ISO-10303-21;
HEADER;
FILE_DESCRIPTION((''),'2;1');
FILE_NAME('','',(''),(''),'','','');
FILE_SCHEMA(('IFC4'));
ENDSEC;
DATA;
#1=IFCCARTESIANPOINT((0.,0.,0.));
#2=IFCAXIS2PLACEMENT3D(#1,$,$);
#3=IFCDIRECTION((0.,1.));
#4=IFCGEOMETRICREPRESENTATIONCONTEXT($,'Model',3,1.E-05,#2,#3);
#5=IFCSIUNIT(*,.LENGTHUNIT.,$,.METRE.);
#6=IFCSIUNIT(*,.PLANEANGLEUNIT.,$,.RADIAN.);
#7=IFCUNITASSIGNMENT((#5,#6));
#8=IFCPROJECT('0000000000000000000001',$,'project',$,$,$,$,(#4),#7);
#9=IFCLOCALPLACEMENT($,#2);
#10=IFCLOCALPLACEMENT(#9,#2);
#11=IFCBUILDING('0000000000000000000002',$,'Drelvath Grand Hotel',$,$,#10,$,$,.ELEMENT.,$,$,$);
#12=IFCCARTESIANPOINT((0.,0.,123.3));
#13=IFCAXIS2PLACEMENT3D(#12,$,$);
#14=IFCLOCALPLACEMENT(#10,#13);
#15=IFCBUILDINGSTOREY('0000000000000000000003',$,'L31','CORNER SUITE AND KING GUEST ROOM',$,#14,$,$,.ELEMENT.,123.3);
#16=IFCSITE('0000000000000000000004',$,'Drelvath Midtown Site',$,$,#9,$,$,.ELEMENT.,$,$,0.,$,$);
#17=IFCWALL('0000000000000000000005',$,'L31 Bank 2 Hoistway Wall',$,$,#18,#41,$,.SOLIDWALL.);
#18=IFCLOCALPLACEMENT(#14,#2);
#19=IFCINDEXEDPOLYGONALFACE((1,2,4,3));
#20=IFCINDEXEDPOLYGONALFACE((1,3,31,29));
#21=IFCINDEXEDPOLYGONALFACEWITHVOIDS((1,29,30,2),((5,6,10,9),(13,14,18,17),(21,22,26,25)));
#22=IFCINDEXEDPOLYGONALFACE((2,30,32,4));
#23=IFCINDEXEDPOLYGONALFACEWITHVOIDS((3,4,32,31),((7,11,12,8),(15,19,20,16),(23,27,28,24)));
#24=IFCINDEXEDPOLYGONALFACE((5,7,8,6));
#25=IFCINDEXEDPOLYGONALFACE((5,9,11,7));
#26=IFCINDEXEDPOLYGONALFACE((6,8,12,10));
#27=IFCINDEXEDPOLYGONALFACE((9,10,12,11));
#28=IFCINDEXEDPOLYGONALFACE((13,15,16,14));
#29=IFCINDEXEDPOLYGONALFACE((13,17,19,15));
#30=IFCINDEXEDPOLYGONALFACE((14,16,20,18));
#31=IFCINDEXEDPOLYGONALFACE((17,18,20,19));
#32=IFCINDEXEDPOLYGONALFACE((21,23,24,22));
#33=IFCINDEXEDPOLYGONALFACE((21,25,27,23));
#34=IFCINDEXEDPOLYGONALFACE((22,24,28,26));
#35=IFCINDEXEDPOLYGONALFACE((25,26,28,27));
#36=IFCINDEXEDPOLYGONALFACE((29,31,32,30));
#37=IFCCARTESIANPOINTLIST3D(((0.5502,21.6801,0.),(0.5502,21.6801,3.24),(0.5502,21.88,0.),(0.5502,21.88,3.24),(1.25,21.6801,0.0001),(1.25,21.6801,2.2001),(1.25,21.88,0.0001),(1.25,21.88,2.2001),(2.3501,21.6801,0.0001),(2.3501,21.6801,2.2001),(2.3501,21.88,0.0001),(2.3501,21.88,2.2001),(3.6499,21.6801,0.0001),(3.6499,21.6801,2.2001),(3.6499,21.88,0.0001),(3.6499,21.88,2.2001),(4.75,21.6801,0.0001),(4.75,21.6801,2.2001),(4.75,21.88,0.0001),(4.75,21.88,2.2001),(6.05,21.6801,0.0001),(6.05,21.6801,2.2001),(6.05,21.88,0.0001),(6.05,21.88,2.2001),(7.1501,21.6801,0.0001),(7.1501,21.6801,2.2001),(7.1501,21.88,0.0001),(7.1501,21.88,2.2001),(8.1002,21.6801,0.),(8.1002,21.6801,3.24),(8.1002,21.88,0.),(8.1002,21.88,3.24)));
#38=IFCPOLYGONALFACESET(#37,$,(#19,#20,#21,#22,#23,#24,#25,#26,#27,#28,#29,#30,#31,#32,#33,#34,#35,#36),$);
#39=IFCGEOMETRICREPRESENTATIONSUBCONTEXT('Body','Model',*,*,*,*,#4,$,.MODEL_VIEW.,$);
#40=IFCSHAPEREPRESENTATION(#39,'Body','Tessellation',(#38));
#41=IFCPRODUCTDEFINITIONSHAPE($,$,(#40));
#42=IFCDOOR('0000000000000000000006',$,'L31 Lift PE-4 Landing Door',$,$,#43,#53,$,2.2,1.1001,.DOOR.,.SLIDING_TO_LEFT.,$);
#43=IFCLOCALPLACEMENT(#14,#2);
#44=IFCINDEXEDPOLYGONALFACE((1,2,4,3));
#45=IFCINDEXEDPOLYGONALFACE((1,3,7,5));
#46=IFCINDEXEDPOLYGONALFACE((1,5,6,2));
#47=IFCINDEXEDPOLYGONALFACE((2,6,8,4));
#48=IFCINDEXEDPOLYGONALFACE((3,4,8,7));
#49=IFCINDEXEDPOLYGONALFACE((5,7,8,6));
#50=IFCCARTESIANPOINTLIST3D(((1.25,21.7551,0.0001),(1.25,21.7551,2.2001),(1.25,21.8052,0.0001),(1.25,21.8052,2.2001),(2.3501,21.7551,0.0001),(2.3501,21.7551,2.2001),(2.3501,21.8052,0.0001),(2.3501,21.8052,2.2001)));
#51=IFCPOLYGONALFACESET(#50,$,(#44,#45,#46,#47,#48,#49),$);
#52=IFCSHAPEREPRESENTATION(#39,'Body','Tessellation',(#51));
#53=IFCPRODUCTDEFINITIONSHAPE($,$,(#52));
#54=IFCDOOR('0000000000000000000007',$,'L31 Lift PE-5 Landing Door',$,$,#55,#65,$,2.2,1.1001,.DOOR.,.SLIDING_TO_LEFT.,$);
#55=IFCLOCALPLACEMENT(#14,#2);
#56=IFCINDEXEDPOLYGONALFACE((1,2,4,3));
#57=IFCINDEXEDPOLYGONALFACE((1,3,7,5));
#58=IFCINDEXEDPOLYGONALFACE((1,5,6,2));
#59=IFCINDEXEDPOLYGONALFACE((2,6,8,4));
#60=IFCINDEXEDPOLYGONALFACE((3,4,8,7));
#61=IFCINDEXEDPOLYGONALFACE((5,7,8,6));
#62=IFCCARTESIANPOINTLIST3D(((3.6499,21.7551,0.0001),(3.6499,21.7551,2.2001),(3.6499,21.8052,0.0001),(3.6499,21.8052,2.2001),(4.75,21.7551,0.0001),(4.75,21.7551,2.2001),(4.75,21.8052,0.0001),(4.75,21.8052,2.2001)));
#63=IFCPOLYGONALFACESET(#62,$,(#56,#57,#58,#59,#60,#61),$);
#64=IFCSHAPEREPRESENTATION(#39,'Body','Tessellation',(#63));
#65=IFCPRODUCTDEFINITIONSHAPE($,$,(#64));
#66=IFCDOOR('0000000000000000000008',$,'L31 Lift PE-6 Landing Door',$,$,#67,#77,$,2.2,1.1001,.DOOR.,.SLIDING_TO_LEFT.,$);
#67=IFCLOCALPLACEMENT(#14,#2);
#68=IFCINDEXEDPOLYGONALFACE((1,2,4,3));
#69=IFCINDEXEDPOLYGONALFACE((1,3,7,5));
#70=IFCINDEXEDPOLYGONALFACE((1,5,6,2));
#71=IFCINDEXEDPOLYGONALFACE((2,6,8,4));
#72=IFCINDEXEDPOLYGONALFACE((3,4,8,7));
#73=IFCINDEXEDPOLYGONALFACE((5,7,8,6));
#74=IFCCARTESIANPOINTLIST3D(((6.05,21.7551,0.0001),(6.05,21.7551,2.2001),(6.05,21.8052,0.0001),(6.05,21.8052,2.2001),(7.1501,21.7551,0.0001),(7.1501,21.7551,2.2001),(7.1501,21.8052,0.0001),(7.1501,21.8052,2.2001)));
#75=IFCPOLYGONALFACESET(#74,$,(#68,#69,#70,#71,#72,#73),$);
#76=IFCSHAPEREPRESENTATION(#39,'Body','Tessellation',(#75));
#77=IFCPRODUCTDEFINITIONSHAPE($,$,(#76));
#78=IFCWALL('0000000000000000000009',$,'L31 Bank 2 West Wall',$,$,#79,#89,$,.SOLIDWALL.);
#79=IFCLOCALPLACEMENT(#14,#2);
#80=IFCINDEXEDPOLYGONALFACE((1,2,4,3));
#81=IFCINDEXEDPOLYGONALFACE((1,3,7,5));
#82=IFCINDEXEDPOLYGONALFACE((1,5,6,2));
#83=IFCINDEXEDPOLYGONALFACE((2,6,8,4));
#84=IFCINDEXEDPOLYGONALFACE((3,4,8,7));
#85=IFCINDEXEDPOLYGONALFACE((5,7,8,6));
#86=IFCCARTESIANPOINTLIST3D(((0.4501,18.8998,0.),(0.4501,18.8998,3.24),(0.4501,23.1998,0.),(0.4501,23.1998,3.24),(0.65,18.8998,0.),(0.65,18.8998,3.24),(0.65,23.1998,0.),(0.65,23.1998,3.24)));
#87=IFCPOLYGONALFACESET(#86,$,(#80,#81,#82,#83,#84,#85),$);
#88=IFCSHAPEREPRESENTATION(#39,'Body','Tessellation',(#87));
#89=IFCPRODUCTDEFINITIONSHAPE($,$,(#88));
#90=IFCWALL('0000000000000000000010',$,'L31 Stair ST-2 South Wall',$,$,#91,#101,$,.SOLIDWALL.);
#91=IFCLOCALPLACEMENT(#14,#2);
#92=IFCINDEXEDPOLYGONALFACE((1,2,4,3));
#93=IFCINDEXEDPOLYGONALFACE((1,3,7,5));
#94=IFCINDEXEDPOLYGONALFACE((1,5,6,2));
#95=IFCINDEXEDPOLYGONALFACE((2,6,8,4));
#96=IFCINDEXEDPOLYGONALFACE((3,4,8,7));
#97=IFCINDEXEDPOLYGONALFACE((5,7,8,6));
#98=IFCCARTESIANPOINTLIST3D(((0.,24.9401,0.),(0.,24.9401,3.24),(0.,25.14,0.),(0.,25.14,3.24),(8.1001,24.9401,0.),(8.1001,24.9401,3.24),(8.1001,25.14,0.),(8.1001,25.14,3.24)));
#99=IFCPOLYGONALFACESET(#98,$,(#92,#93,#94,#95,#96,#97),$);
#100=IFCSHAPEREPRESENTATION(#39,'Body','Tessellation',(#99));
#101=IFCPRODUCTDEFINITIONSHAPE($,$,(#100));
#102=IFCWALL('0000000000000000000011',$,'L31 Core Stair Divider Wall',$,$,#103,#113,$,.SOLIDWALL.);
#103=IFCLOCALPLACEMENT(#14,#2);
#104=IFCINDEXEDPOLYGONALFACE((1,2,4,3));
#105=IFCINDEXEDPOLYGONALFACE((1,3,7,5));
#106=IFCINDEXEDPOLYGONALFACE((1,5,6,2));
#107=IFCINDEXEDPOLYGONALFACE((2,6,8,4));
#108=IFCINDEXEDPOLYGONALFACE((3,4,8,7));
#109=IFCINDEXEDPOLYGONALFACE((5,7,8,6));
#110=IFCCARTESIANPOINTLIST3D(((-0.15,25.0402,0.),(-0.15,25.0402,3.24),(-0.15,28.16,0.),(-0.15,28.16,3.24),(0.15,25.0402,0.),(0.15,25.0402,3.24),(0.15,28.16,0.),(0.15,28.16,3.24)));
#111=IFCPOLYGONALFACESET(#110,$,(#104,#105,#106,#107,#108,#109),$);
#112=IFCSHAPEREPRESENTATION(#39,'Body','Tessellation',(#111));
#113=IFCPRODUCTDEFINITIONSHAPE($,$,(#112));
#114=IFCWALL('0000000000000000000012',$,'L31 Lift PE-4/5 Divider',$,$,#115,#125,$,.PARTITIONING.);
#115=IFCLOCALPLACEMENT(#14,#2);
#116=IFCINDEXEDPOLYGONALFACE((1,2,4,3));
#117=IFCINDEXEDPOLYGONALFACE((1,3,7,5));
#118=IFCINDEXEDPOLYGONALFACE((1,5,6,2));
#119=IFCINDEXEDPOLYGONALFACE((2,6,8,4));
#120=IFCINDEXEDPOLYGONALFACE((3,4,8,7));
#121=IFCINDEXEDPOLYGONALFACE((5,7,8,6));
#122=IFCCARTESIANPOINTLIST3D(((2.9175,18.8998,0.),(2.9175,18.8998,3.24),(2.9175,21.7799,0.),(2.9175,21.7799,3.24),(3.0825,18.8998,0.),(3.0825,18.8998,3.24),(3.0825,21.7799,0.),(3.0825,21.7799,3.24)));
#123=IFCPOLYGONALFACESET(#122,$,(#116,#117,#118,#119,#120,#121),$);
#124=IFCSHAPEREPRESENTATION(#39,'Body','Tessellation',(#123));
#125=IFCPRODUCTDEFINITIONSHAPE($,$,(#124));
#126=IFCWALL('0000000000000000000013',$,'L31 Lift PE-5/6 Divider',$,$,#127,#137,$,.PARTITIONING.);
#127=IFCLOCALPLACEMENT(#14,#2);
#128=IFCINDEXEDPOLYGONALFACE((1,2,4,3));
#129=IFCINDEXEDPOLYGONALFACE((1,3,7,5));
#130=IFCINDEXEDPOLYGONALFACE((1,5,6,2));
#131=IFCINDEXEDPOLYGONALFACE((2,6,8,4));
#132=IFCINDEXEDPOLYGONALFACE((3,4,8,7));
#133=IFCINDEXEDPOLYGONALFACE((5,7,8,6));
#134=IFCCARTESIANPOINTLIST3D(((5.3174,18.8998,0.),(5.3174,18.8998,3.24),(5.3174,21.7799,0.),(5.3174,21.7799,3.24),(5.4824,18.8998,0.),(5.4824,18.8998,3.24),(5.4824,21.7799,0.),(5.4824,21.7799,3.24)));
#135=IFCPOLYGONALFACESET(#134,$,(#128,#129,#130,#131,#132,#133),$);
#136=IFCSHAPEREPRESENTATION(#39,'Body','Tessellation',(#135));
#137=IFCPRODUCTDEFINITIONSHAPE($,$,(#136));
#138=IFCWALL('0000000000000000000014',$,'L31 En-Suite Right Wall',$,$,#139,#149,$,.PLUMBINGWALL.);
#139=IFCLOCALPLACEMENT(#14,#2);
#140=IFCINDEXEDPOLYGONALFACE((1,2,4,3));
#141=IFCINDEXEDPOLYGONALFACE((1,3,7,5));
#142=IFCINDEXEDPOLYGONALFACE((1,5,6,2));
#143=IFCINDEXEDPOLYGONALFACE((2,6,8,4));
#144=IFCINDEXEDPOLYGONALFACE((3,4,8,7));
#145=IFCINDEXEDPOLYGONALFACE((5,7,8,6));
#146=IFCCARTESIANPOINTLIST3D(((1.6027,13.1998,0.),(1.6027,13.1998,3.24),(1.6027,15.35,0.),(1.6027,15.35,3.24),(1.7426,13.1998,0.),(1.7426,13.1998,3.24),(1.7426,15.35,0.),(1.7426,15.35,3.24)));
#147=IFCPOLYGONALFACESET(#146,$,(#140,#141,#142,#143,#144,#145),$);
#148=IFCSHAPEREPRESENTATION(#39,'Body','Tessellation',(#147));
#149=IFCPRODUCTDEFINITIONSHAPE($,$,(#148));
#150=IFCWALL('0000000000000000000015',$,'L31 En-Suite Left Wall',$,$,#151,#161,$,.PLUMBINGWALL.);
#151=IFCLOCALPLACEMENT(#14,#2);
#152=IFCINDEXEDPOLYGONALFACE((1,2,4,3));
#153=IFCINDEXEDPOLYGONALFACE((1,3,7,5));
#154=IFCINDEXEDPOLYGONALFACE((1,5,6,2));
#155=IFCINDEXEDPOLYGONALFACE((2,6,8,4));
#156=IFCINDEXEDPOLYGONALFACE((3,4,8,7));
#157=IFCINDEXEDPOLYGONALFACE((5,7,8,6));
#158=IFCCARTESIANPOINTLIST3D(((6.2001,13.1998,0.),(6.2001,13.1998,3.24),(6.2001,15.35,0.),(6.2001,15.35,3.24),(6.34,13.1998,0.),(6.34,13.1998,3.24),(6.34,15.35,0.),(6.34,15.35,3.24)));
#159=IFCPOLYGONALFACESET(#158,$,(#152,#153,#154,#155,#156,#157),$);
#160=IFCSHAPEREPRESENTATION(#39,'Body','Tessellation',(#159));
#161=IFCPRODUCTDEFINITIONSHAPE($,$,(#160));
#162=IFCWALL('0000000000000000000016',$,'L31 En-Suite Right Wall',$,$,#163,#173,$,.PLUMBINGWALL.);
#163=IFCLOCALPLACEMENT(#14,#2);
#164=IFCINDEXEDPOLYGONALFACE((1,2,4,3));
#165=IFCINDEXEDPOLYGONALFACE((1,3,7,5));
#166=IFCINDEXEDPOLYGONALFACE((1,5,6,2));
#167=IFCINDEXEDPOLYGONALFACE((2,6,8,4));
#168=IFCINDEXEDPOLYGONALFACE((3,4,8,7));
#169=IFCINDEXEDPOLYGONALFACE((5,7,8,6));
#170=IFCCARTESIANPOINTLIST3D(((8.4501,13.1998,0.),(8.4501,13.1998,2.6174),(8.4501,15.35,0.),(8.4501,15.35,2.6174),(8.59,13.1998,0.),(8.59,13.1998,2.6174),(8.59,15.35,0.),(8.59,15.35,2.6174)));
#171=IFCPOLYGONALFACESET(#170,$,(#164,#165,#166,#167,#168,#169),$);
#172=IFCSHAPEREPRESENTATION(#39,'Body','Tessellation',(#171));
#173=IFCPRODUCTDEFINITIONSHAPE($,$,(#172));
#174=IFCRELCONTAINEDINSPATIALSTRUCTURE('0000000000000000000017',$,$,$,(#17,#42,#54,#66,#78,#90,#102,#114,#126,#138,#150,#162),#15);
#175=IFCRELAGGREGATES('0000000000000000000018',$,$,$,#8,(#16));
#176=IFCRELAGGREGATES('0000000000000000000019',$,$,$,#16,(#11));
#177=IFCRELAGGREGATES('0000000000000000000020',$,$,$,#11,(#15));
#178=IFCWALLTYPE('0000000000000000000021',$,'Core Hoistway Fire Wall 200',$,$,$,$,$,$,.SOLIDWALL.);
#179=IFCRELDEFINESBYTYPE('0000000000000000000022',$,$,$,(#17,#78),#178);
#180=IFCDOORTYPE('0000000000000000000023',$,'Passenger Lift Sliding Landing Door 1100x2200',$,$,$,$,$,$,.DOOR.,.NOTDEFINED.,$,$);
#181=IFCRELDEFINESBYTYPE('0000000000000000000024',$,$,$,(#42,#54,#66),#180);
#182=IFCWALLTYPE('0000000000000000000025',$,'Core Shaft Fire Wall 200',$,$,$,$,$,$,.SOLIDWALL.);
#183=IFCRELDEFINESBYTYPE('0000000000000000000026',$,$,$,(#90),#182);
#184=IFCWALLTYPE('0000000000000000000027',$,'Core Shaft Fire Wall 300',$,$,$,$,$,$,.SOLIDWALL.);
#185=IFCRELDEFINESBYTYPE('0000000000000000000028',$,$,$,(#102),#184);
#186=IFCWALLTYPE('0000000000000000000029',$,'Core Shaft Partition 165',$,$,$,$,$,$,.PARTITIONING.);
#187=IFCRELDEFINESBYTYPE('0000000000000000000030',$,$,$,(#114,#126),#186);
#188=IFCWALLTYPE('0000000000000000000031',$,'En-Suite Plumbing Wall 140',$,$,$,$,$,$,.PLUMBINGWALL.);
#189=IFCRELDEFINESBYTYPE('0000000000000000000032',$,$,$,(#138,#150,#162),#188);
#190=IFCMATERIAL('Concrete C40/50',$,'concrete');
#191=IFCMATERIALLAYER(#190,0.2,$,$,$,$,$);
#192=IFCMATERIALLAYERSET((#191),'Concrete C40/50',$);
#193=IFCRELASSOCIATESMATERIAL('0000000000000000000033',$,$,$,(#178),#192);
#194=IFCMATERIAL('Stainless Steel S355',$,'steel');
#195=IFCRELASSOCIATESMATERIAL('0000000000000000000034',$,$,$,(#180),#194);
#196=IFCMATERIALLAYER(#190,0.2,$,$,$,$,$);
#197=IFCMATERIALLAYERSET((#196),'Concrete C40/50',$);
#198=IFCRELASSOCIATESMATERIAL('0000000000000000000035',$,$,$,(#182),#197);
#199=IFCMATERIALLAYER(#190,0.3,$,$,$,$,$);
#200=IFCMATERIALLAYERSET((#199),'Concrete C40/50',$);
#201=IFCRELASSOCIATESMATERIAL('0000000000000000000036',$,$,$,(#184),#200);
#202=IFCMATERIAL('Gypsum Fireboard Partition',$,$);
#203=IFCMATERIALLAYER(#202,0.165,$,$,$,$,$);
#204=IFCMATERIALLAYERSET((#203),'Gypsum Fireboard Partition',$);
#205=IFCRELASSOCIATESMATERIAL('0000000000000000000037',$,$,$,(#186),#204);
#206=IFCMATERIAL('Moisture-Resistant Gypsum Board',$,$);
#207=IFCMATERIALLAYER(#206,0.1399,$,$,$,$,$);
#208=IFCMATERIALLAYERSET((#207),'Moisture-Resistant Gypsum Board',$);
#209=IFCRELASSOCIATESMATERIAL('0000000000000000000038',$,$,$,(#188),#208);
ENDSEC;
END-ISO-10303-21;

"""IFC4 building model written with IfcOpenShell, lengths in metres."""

from ifc_helpers import new_model, si_unit, direction, frame, frame_2d, origin, place, context, subcontext, project, spatial, rectangle, extrude, material, layer, layer_set, type_object, element, fill, save


model = new_model("IFC4")

# Units and contexts
model_context = context("Model", 3, precision=1e-05, world=origin(), true_north=direction((0.0, 1.0)))
body_context = subcontext(model_context, "Body", "Model", "MODEL_VIEW")
ifc_project = project(units=[si_unit("LENGTHUNIT", "METRE"), si_unit("PLANEANGLEUNIT", "RADIAN")], contexts=[model_context])

# Site, building, storey
site_placement = place(None, origin())
site = spatial("IfcSite", under=ifc_project, at=site_placement, Name="Drelvath Midtown Site", CompositionType="ELEMENT", RefElevation=0.0)
building_placement = place(site_placement, origin())
building = spatial("IfcBuilding", under=site, at=building_placement, Name="Drelvath Grand Hotel", CompositionType="ELEMENT")
storey_placement = place(building_placement, frame((0.0, 0.0, 123.3)))
storey = spatial("IfcBuildingStorey", under=building, at=storey_placement, Name="L31", Description="CORNER SUITE AND KING GUEST ROOM", CompositionType="ELEMENT", Elevation=123.3)

# Wall, openings, doors
ifc_material_1 = material(Name="Concrete C40/50", Category="concrete")
ifc_layer_1 = layer(ifc_material_1, 0.2)
ifc_layer_set_1 = layer_set([ifc_layer_1], Name="Concrete C40/50")
wall_type_1 = type_object("IfcWallType", Name="Core Hoistway Fire Wall 200", PredefinedType="SOLIDWALL", material=ifc_layer_set_1)
wall_1_placement = place(storey_placement, frame((8.1001, 21.78, 0.0), z_axis=(0.0, 0.0, 1.0), x_axis=(-1.0, 0.0, 0.0)))
wall_1 = element("IfcWall", 1, at=wall_1_placement, inside=storey, type_object=wall_type_1, Name="L31 Bank 2 Hoistway Wall", PredefinedType="SOLIDWALL", context=body_context, shape_type="SweptSolid", body=[
    extrude(rectangle(XDim=7.55, YDim=0.2, at=frame_2d((3.7749, 0.0))), origin(), (0.0, 0.0, 1.0), 3.24),
])
opening_1_placement = place(wall_1_placement, frame((5.75, 0.0, 0.0)))
opening_1 = element("IfcOpeningElement", 2, at=opening_1_placement, cuts=wall_1, PredefinedType="OPENING", context=body_context, shape_type="SweptSolid", body=[
    extrude(rectangle(XDim=1.1001, YDim=2.2, at=frame_2d((0.55, 1.1001))), frame((0.0, 0.1099, 0.0), z_axis=(0.0, -1.0, 0.0), x_axis=(1.0, 0.0, 0.0)), (0.0, 0.0, 1.0), 0.22),
])
opening_2_placement = place(wall_1_placement, frame((3.3501, 0.0, 0.0)))
opening_2 = element("IfcOpeningElement", 3, at=opening_2_placement, cuts=wall_1, PredefinedType="OPENING", context=body_context, shape_type="SweptSolid", body=[
    extrude(rectangle(XDim=1.1001, YDim=2.2, at=frame_2d((0.55, 1.1001))), frame((0.0, 0.1099, 0.0), z_axis=(0.0, -1.0, 0.0), x_axis=(1.0, 0.0, 0.0)), (0.0, 0.0, 1.0), 0.22),
])
opening_3_placement = place(wall_1_placement, frame((0.95, 0.0, 0.0)))
opening_3 = element("IfcOpeningElement", 4, at=opening_3_placement, cuts=wall_1, PredefinedType="OPENING", context=body_context, shape_type="SweptSolid", body=[
    extrude(rectangle(XDim=1.1001, YDim=2.2, at=frame_2d((0.55, 1.1001))), frame((0.0, 0.1099, 0.0), z_axis=(0.0, -1.0, 0.0), x_axis=(1.0, 0.0, 0.0)), (0.0, 0.0, 1.0), 0.22),
])
ifc_material_2 = material(Name="Stainless Steel S355", Category="steel")
door_type_1 = type_object("IfcDoorType", Name="Passenger Lift Sliding Landing Door 1100x2200", OperationType="NOTDEFINED", PredefinedType="DOOR", material=ifc_material_2)
door_1_placement = place(opening_1_placement, origin())
door_1 = element("IfcDoor", 5, at=door_1_placement, inside=storey, type_object=door_type_1, Name="L31 Lift PE-4 Landing Door", OperationType="SLIDING_TO_LEFT", OverallHeight=2.2, OverallWidth=1.1001, PredefinedType="DOOR", context=body_context, shape_type="SweptSolid", body=[
    extrude(rectangle(XDim=1.1001, YDim=2.2, at=frame_2d((0.55, 1.1001))), frame((0.0, 0.0249, 0.0), z_axis=(0.0, -1.0, 0.0), x_axis=(1.0, 0.0, 0.0)), (0.0, 0.0, 1.0), 0.05),
])
fill(opening_1, door_1)
door_2_placement = place(opening_2_placement, origin())
door_2 = element("IfcDoor", 6, at=door_2_placement, inside=storey, type_object=door_type_1, Name="L31 Lift PE-5 Landing Door", OperationType="SLIDING_TO_LEFT", OverallHeight=2.2, OverallWidth=1.1001, PredefinedType="DOOR", context=body_context, shape_type="SweptSolid", body=[
    extrude(rectangle(XDim=1.1001, YDim=2.2, at=frame_2d((0.55, 1.1001))), frame((0.0, 0.0249, 0.0), z_axis=(0.0, -1.0, 0.0), x_axis=(1.0, 0.0, 0.0)), (0.0, 0.0, 1.0), 0.05),
])
fill(opening_2, door_2)
door_3_placement = place(opening_3_placement, origin())
door_3 = element("IfcDoor", 7, at=door_3_placement, inside=storey, type_object=door_type_1, Name="L31 Lift PE-6 Landing Door", OperationType="SLIDING_TO_LEFT", OverallHeight=2.2, OverallWidth=1.1001, PredefinedType="DOOR", context=body_context, shape_type="SweptSolid", body=[
    extrude(rectangle(XDim=1.1001, YDim=2.2, at=frame_2d((0.55, 1.1001))), frame((0.0, 0.0249, 0.0), z_axis=(0.0, -1.0, 0.0), x_axis=(1.0, 0.0, 0.0)), (0.0, 0.0, 1.0), 0.05),
])
fill(opening_3, door_3)

# Walls
wall_2_placement = place(storey_placement, frame((0.55, 18.8999, 0.0), z_axis=(0.0, 0.0, 1.0), x_axis=(0.0, 1.0, 0.0)))
element("IfcWall", 8, at=wall_2_placement, inside=storey, type_object=wall_type_1, Name="L31 Bank 2 West Wall", PredefinedType="SOLIDWALL", context=body_context, shape_type="SweptSolid", body=[
    extrude(rectangle(XDim=4.3, YDim=0.2, at=frame_2d((2.1499, 0.0))), origin(), (0.0, 0.0, 1.0), 3.24),
])
ifc_layer_2 = layer(ifc_material_1, 0.2)
ifc_layer_set_2 = layer_set([ifc_layer_2], Name="Concrete C40/50")
wall_type_2 = type_object("IfcWallType", Name="Core Shaft Fire Wall 200", PredefinedType="SOLIDWALL", material=ifc_layer_set_2)
wall_3_placement = place(storey_placement, frame((0.0, 25.04, 0.0), z_axis=(0.0, 0.0, 1.0), x_axis=(1.0, 0.0, 0.0)))
element("IfcWall", 9, at=wall_3_placement, inside=storey, type_object=wall_type_2, Name="L31 Stair ST-2 South Wall", PredefinedType="SOLIDWALL", context=body_context, shape_type="SweptSolid", body=[
    extrude(rectangle(XDim=8.1001, YDim=0.2, at=frame_2d((4.05, 0.0))), origin(), (0.0, 0.0, 1.0), 3.24),
])
ifc_layer_3 = layer(ifc_material_1, 0.3)
ifc_layer_set_3 = layer_set([ifc_layer_3], Name="Concrete C40/50")
wall_type_3 = type_object("IfcWallType", Name="Core Shaft Fire Wall 300", PredefinedType="SOLIDWALL", material=ifc_layer_set_3)
wall_4_placement = place(storey_placement, frame((0.0, 25.04, 0.0), z_axis=(0.0, 0.0, 1.0), x_axis=(0.0, 1.0, 0.0)))
element("IfcWall", 10, at=wall_4_placement, inside=storey, type_object=wall_type_3, Name="L31 Core Stair Divider Wall", PredefinedType="SOLIDWALL", context=body_context, shape_type="SweptSolid", body=[
    extrude(rectangle(XDim=3.1199, YDim=0.3, at=frame_2d((1.5601, 0.0))), origin(), (0.0, 0.0, 1.0), 3.24),
])
ifc_material_3 = material(Name="Gypsum Fireboard Partition")
ifc_layer_4 = layer(ifc_material_3, 0.165)
ifc_layer_set_4 = layer_set([ifc_layer_4], Name="Gypsum Fireboard Partition")
wall_type_4 = type_object("IfcWallType", Name="Core Shaft Partition 165", PredefinedType="PARTITIONING", material=ifc_layer_set_4)
for number, where, z_axis, x_axis, name in (
    (11, (3.0, 18.8999, 0.0), (0.0, 0.0, 1.0), (0.0, 1.0, 0.0), "L31 Lift PE-4/5 Divider"),
    (12, (5.3999, 18.8999, 0.0), (0.0, 0.0, 1.0), (0.0, 1.0, 0.0), "L31 Lift PE-5/6 Divider"),
):
    element("IfcWall", number, at=place(storey_placement, frame(where, z_axis=z_axis, x_axis=x_axis)), inside=storey, type_object=wall_type_4, Name=name, PredefinedType="PARTITIONING", context=body_context, shape_type="SweptSolid", body=[
        extrude(rectangle(XDim=2.8801, YDim=0.165, at=frame_2d((1.4399, 0.0))), origin(), (0.0, 0.0, 1.0), 3.24),
    ])
ifc_material_4 = material(Name="Moisture-Resistant Gypsum Board")
ifc_layer_5 = layer(ifc_material_4, 0.1399)
ifc_layer_set_5 = layer_set([ifc_layer_5], Name="Moisture-Resistant Gypsum Board")
wall_type_5 = type_object("IfcWallType", Name="En-Suite Plumbing Wall 140", PredefinedType="PLUMBINGWALL", material=ifc_layer_set_5)
for number, where, z_axis, x_axis, name in (
    (13, (1.6726, 15.3501, 0.0), (0.0, 0.0, 1.0), (0.0, -1.0, 0.0), "L31 En-Suite Right Wall"),
    (14, (6.27, 15.3501, 0.0), (0.0, 0.0, 1.0), (0.0, -1.0, 0.0), "L31 En-Suite Left Wall"),
):
    element("IfcWall", number, at=place(storey_placement, frame(where, z_axis=z_axis, x_axis=x_axis)), inside=storey, type_object=wall_type_5, Name=name, PredefinedType="PLUMBINGWALL", context=body_context, shape_type="SweptSolid", body=[
        extrude(rectangle(XDim=2.1501, YDim=0.1399, at=frame_2d((1.0752, 0.0))), origin(), (0.0, 0.0, 1.0), 3.24),
    ])
wall_5_placement = place(storey_placement, frame((8.52, 15.3501, 0.0), z_axis=(0.0, 0.0, 1.0), x_axis=(0.0, -1.0, 0.0)))
element("IfcWall", 15, at=wall_5_placement, inside=storey, type_object=wall_type_5, Name="L31 En-Suite Right Wall", PredefinedType="PLUMBINGWALL", context=body_context, shape_type="SweptSolid", body=[
    extrude(rectangle(XDim=2.1501, YDim=0.1399, at=frame_2d((1.0752, 0.0))), origin(), (0.0, 0.0, 1.0), 2.6174),
])

save(model, "model.ifc")
